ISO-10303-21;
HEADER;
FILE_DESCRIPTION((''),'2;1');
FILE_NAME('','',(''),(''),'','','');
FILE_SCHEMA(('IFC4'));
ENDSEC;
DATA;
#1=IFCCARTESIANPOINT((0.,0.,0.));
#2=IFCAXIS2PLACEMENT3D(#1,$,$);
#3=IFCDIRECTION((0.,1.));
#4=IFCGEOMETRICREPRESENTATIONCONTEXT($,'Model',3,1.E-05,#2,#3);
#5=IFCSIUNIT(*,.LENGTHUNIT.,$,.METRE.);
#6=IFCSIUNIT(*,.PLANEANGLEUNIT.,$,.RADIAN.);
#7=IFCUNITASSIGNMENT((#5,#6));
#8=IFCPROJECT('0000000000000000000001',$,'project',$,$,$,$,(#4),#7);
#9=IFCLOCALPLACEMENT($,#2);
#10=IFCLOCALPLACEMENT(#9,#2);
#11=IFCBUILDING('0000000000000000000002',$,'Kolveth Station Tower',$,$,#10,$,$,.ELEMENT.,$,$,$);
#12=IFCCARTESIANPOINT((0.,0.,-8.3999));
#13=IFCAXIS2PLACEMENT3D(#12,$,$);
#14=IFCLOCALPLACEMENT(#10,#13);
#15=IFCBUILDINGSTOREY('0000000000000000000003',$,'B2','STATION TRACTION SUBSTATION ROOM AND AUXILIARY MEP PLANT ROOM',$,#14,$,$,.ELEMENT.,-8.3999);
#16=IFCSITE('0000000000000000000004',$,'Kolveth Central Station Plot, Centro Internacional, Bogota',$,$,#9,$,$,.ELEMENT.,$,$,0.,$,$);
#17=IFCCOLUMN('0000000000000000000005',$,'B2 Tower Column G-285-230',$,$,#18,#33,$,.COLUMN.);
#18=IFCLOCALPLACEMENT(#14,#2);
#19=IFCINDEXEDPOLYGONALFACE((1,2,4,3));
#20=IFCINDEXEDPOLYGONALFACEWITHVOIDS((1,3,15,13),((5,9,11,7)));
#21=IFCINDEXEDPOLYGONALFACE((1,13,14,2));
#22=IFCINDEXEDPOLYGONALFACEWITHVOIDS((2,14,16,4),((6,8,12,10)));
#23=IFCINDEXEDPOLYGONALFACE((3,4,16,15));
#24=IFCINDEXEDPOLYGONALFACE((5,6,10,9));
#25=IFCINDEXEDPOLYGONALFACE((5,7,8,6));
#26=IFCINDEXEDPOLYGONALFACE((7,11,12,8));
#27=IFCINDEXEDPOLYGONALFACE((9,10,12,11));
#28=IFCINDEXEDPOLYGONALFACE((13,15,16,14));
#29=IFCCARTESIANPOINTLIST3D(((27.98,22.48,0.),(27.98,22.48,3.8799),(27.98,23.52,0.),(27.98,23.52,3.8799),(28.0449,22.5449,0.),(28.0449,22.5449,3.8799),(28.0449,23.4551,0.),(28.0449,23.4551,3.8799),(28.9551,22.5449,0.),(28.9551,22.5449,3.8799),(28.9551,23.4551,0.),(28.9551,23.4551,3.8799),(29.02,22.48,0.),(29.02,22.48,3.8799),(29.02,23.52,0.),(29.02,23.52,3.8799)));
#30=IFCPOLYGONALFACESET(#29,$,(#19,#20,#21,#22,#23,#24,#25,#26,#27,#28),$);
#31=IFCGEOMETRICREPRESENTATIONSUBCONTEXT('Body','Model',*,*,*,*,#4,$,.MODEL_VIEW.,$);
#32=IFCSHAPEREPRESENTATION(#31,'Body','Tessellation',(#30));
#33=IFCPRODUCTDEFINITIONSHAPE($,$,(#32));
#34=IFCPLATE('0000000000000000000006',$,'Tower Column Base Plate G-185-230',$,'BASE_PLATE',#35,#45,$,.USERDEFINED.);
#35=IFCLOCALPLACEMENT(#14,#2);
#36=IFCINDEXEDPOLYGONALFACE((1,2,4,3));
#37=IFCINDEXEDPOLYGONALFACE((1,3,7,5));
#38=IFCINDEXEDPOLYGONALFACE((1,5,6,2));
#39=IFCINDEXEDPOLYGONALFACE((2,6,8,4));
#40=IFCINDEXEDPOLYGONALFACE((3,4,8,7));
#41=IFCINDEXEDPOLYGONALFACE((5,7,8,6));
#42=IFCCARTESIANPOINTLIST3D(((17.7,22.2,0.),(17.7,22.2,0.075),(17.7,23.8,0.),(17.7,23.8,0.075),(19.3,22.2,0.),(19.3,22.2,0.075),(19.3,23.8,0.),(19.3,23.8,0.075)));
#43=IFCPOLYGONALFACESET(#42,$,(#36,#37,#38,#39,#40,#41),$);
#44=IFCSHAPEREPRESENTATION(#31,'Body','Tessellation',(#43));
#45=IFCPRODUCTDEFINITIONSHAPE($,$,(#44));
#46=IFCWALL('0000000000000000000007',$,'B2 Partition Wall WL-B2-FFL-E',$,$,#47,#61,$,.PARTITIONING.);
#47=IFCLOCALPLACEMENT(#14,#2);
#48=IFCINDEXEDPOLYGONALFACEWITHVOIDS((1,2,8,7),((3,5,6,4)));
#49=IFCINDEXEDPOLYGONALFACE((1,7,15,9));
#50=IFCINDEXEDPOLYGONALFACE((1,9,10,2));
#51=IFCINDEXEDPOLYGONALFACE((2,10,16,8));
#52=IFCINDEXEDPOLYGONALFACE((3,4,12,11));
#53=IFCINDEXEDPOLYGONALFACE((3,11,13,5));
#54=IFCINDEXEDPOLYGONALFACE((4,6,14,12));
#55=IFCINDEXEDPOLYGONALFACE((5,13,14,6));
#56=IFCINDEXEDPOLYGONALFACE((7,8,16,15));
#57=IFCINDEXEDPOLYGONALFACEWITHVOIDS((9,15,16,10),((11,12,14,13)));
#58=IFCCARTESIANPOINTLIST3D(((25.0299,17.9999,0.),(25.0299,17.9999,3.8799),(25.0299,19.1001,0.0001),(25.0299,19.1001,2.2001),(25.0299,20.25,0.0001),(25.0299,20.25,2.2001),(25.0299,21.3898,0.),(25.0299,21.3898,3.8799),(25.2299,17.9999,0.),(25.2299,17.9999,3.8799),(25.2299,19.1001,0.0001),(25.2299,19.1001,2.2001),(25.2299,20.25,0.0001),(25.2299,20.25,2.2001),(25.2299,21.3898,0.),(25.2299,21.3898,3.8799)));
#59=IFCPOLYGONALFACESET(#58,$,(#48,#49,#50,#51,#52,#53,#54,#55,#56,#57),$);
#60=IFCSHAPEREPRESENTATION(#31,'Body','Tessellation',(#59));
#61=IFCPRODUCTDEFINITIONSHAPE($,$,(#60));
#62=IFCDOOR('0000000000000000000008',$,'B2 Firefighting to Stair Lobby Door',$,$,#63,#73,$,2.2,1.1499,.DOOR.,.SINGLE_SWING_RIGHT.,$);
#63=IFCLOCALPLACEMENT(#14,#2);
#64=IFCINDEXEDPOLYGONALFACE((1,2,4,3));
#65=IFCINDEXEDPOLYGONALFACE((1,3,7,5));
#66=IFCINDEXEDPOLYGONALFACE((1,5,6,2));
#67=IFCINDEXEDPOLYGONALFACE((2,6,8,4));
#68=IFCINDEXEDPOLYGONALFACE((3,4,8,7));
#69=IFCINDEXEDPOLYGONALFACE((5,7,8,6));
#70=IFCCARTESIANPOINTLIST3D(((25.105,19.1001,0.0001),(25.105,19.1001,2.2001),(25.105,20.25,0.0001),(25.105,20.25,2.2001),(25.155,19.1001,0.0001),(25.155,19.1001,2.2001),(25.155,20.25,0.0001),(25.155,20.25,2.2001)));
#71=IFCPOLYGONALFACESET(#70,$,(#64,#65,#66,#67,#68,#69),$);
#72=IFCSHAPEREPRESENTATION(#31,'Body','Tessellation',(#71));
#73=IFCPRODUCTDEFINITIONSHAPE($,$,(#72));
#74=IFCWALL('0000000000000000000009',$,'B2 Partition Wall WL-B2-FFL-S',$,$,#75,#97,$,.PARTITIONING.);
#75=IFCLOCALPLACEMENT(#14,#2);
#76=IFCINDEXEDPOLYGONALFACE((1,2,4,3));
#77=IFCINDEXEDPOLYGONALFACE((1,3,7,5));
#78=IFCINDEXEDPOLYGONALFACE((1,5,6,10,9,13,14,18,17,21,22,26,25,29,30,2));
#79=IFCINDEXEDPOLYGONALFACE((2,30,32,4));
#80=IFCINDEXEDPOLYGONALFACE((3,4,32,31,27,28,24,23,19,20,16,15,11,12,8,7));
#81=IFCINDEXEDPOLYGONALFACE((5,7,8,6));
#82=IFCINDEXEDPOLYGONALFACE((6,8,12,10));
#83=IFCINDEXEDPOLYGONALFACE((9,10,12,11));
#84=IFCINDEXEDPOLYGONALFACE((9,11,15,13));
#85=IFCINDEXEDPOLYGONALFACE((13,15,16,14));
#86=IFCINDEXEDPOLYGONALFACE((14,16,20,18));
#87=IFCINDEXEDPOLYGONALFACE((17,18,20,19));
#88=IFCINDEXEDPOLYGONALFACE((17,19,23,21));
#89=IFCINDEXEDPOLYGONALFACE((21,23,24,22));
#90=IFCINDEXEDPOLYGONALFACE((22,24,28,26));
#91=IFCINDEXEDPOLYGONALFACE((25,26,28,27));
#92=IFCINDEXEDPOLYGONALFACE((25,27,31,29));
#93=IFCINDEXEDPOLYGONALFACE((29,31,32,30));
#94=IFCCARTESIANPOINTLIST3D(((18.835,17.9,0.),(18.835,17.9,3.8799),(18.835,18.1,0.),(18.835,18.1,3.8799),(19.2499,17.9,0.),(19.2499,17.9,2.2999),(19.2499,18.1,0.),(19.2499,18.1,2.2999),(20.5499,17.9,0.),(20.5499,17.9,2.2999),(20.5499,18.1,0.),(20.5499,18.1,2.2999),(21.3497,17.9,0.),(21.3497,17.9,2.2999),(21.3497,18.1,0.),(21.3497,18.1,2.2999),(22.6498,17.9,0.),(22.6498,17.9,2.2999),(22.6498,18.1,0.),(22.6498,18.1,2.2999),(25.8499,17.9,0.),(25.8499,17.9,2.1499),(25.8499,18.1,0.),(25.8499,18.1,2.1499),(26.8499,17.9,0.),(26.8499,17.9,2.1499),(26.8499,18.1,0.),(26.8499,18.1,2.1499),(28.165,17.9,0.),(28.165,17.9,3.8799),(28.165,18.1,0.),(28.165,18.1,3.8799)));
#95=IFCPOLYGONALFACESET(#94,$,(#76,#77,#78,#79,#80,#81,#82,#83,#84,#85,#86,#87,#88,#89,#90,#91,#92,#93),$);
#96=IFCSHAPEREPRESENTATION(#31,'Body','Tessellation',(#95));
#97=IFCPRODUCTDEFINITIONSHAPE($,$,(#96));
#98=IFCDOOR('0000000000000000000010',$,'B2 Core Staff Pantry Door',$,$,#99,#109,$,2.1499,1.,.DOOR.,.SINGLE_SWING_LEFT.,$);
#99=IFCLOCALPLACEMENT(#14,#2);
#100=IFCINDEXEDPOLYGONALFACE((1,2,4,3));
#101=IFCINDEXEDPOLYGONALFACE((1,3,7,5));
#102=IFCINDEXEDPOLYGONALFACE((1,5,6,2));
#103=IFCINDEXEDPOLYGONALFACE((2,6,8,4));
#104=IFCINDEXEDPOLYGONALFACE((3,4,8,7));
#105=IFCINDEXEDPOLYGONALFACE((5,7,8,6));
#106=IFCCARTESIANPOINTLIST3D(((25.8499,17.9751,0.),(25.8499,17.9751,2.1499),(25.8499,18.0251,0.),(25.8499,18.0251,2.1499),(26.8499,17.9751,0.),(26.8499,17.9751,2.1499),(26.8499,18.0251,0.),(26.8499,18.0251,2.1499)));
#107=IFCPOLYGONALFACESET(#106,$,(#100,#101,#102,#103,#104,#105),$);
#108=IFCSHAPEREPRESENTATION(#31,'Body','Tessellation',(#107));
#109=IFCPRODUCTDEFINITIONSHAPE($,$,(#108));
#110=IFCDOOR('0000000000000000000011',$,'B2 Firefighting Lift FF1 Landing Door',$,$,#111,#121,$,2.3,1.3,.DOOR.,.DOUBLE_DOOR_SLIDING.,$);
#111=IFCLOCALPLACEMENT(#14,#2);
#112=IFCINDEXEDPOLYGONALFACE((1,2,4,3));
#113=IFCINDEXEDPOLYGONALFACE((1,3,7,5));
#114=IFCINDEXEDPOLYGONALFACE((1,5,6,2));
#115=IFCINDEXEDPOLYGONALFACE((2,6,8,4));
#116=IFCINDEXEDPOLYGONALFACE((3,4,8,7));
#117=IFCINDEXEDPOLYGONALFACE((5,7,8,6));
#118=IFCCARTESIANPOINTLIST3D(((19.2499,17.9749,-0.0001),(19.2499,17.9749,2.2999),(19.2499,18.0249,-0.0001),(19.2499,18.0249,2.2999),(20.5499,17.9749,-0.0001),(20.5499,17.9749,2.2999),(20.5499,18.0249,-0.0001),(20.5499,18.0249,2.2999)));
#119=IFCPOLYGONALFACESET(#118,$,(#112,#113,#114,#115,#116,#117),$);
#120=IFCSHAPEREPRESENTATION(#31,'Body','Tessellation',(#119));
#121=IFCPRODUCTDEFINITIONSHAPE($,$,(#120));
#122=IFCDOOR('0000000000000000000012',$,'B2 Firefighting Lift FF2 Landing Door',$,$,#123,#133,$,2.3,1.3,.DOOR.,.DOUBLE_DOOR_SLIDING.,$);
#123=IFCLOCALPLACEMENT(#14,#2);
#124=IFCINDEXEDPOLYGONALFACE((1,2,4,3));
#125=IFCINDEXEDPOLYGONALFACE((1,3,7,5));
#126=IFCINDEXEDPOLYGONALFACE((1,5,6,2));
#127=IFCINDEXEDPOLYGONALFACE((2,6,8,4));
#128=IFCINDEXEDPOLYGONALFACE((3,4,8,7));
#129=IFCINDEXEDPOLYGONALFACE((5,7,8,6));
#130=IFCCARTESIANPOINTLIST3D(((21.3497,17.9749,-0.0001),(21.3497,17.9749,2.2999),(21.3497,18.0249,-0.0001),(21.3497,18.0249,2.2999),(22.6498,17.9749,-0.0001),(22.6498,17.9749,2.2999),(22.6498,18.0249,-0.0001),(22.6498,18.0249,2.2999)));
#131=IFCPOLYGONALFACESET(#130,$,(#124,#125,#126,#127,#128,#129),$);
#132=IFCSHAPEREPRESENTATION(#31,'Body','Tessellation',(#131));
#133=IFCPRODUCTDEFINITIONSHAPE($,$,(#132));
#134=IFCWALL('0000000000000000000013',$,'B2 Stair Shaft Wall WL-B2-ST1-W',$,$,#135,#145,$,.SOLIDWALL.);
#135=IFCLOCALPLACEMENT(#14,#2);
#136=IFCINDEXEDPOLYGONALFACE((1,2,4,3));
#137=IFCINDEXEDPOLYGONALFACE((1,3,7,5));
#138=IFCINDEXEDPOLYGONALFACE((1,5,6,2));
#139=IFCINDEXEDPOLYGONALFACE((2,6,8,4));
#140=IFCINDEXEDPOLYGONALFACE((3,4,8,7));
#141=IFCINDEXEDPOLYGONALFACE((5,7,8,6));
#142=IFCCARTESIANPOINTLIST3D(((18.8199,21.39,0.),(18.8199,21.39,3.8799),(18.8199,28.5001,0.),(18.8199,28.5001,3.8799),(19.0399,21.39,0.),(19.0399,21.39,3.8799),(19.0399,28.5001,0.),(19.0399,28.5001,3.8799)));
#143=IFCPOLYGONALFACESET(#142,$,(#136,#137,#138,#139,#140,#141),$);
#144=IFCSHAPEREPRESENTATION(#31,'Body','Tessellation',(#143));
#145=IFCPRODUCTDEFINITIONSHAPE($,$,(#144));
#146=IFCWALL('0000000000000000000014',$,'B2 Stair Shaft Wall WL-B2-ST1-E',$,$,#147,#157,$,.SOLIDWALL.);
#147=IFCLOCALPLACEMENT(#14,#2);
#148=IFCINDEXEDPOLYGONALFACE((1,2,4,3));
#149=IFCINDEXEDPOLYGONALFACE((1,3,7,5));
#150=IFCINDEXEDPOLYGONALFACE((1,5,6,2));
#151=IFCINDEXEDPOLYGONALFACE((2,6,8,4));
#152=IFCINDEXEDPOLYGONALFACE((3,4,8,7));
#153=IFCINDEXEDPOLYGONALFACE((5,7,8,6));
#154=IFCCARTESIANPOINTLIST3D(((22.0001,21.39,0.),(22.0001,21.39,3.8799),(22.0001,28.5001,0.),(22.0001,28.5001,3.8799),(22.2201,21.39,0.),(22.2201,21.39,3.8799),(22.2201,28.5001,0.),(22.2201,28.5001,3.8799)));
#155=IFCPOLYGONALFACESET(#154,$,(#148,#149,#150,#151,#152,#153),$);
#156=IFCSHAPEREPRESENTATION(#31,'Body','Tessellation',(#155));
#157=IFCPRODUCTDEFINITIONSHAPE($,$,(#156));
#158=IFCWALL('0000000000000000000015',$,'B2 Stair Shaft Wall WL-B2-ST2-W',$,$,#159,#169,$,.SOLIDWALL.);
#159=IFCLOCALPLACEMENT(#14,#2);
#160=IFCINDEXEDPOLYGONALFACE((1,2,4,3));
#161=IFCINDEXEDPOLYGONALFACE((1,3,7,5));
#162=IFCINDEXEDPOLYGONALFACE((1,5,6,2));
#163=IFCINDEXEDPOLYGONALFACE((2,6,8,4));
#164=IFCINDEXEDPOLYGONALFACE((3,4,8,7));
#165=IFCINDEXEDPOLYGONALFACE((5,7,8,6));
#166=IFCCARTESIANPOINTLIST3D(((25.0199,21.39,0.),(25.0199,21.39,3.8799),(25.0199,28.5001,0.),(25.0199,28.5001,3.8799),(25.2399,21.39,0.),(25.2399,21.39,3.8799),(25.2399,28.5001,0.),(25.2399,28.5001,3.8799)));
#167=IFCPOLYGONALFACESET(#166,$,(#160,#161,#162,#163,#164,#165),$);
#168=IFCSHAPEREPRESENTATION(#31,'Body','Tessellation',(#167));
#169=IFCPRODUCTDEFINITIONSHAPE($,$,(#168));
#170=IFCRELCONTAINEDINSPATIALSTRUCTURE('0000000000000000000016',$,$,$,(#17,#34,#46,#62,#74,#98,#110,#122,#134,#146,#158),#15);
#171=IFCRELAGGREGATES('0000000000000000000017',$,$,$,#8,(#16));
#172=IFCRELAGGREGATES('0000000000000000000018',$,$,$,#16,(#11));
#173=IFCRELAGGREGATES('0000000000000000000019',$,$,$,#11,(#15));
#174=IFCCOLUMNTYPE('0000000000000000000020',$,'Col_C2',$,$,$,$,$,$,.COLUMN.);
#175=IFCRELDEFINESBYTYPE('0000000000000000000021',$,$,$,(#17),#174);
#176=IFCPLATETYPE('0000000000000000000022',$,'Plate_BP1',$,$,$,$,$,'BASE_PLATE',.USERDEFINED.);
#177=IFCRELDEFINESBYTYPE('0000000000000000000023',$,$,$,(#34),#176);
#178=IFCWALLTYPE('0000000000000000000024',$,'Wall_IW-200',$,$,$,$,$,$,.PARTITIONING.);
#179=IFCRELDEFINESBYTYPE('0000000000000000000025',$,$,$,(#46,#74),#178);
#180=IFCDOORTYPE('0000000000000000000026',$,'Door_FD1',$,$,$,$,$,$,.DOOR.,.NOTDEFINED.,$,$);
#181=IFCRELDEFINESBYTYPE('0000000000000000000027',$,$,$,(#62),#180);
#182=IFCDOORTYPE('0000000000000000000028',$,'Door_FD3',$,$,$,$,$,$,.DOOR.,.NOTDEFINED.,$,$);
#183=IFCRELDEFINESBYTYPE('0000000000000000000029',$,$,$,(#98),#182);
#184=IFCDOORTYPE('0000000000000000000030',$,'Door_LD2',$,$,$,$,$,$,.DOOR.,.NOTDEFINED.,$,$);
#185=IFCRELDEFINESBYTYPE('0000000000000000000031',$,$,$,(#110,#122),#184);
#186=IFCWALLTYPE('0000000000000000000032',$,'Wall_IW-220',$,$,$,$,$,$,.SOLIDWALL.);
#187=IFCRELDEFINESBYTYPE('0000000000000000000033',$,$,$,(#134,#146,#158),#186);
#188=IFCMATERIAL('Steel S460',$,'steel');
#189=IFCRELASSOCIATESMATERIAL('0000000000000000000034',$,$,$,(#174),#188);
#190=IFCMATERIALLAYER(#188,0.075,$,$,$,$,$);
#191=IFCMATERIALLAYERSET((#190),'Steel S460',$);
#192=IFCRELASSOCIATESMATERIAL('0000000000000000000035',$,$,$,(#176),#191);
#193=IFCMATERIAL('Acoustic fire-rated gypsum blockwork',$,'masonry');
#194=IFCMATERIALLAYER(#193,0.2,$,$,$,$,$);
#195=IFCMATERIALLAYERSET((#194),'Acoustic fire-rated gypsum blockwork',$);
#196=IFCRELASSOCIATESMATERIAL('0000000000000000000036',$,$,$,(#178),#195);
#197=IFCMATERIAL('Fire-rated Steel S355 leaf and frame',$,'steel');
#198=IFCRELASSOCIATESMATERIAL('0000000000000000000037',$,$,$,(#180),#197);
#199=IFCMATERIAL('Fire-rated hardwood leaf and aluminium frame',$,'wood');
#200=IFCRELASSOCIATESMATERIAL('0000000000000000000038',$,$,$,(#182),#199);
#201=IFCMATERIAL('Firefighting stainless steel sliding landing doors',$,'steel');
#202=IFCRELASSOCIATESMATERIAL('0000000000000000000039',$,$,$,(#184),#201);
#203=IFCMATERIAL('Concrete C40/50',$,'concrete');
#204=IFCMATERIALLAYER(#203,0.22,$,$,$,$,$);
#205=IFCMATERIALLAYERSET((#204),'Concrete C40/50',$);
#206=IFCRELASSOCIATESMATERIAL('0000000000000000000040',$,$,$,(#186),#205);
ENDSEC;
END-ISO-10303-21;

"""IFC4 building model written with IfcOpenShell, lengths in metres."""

from ifc_helpers import new_model, si_unit, direction, frame, frame_2d, origin, origin_2d, place, context, subcontext, project, spatial, rectangle, hollow_rectangle, extrude, source, transform, mapped, material, layer, layer_set, material_profile, profile_set, type_object, element, fill, save


model = new_model("IFC4")

# Units and contexts
model_context = context("Model", 3, precision=1e-05, world=origin(), true_north=direction((0.0, 1.0)))
body_context = subcontext(model_context, "Body", "Model", "MODEL_VIEW")
ifc_project = project(units=[si_unit("LENGTHUNIT", "METRE"), si_unit("PLANEANGLEUNIT", "RADIAN")], contexts=[model_context])

# Site, building, storey
site_placement = place(None, origin())
site = spatial("IfcSite", under=ifc_project, at=site_placement, Name="Kolveth Central Station Plot, Centro Internacional, Bogota", CompositionType="ELEMENT", RefElevation=0.0)
building_placement = place(site_placement, origin())
building = spatial("IfcBuilding", under=site, at=building_placement, Name="Kolveth Station Tower", CompositionType="ELEMENT")
storey_placement = place(building_placement, frame((0.0, 0.0, -8.3999)))
storey = spatial("IfcBuildingStorey", under=building, at=storey_placement, Name="B2", Description="STATION TRACTION SUBSTATION ROOM AND AUXILIARY MEP PLANT ROOM", CompositionType="ELEMENT", Elevation=-8.3999)

# Column
ifc_material_1 = material(Name="Steel S460", Category="steel")
ifc_material_profile = material_profile(ifc_material_1, hollow_rectangle(XDim=1.04, YDim=1.04, WallThickness=0.0649, at=origin_2d()), Name="BOX1040x1040x65")
ifc_profile_set = profile_set([ifc_material_profile], Name="Steel S460")
column_type = type_object("IfcColumnType", Name="Col_C2", PredefinedType="COLUMN", material=ifc_profile_set)
shared_shape_1 = source(origin(), body_context, "Body", "SweptSolid", [
    extrude(hollow_rectangle(XDim=1.04, YDim=1.04, WallThickness=0.0649, at=origin_2d()), origin(), (0.0, 0.0, 1.0), 3.8799),
])
column_placement = place(storey_placement, frame((28.5, 23.0, 0.0), z_axis=(0.0, 0.0, 1.0), x_axis=(1.0, 0.0, 0.0)))
element("IfcColumn", 1, at=column_placement, inside=storey, type_object=column_type, Name="B2 Tower Column G-285-230", PredefinedType="COLUMN", context=body_context, shape_type="MappedRepresentation", body=[
    mapped(shared_shape_1, transform((0.0, 0.0, 0.0), x_axis=(1.0, 0.0, 0.0), y_axis=(0.0, 1.0, 0.0), z_axis=(0.0, 0.0, 1.0), scale=1.0)),
])

# Plate
ifc_layer_1 = layer(ifc_material_1, 0.075)
ifc_layer_set_1 = layer_set([ifc_layer_1], Name="Steel S460")
plate_type = type_object("IfcPlateType", Name="Plate_BP1", ElementType="BASE_PLATE", PredefinedType="USERDEFINED", material=ifc_layer_set_1)
shared_shape_2 = source(origin(), body_context, "Body", "SweptSolid", [
    extrude(rectangle(XDim=1.6001, YDim=1.6001, at=origin_2d()), origin(), (0.0, 0.0, 1.0), 0.075),
])
plate_placement = place(storey_placement, frame((18.5, 23.0, 0.0), z_axis=(0.0, 0.0, 1.0), x_axis=(1.0, 0.0, 0.0)))
element("IfcPlate", 2, at=plate_placement, inside=storey, type_object=plate_type, Name="Tower Column Base Plate G-185-230", ObjectType="BASE_PLATE", PredefinedType="USERDEFINED", context=body_context, shape_type="MappedRepresentation", body=[
    mapped(shared_shape_2, transform((0.0, 0.0, 0.0), x_axis=(1.0, 0.0, 0.0), y_axis=(0.0, 1.0, 0.0), z_axis=(0.0, 0.0, 1.0), scale=1.0)),
])

# Wall, opening, door
ifc_material_2 = material(Name="Acoustic fire-rated gypsum blockwork", Category="masonry")
ifc_layer_2 = layer(ifc_material_2, 0.2)
ifc_layer_set_2 = layer_set([ifc_layer_2], Name="Acoustic fire-rated gypsum blockwork")
wall_type_1 = type_object("IfcWallType", Name="Wall_IW-200", PredefinedType="PARTITIONING", material=ifc_layer_set_2)
wall_1_placement = place(storey_placement, frame((25.1299, 18.0, 0.0), z_axis=(0.0, 0.0, 1.0), x_axis=(0.0, 1.0, 0.0)))
wall_1 = element("IfcWall", 3, at=wall_1_placement, inside=storey, type_object=wall_type_1, Name="B2 Partition Wall WL-B2-FFL-E", PredefinedType="PARTITIONING", context=body_context, shape_type="SweptSolid", body=[
    extrude(rectangle(XDim=3.3899, YDim=0.2, at=frame_2d((1.6948, 0.0))), origin(), (0.0, 0.0, 1.0), 3.8799),
])
opening_1_placement = place(wall_1_placement, frame((1.1001, 0.0, 0.0)))
opening_1 = element("IfcOpeningElement", 4, at=opening_1_placement, cuts=wall_1, PredefinedType="OPENING", context=body_context, shape_type="SweptSolid", body=[
    extrude(rectangle(XDim=1.1499, YDim=2.2, at=frame_2d((0.575, 1.1001))), frame((0.0, 0.1099, 0.0), z_axis=(0.0, -1.0, 0.0), x_axis=(1.0, 0.0, 0.0)), (0.0, 0.0, 1.0), 0.22),
])
ifc_material_3 = material(Name="Fire-rated Steel S355 leaf and frame", Category="steel")
door_type_1 = type_object("IfcDoorType", Name="Door_FD1", OperationType="NOTDEFINED", PredefinedType="DOOR", material=ifc_material_3)
door_1_placement = place(opening_1_placement, origin())
door_1 = element("IfcDoor", 5, at=door_1_placement, inside=storey, type_object=door_type_1, Name="B2 Firefighting to Stair Lobby Door", OperationType="SINGLE_SWING_RIGHT", OverallHeight=2.2, OverallWidth=1.1499, PredefinedType="DOOR", context=body_context, shape_type="SweptSolid", body=[
    extrude(rectangle(XDim=1.1499, YDim=2.2, at=frame_2d((0.575, 1.1001))), frame((0.0, 0.0249, 0.0), z_axis=(0.0, -1.0, 0.0), x_axis=(1.0, 0.0, 0.0)), (0.0, 0.0, 1.0), 0.05),
])
fill(opening_1, door_1)

# Wall, openings, doors
wall_2_placement = place(storey_placement, frame((18.835, 18.0, 0.0), z_axis=(0.0, 0.0, 1.0), x_axis=(1.0, 0.0, 0.0)))
wall_2 = element("IfcWall", 6, at=wall_2_placement, inside=storey, type_object=wall_type_1, Name="B2 Partition Wall WL-B2-FFL-S", PredefinedType="PARTITIONING", context=body_context, shape_type="SweptSolid", body=[
    extrude(rectangle(XDim=9.3301, YDim=0.2, at=frame_2d((4.665, 0.0))), origin(), (0.0, 0.0, 1.0), 3.8799),
])
opening_2_placement = place(wall_2_placement, frame((0.415, 0.0, 0.0)))
opening_2 = element("IfcOpeningElement", 7, at=opening_2_placement, cuts=wall_2, PredefinedType="OPENING", context=body_context, shape_type="SweptSolid", body=[
    extrude(rectangle(XDim=1.3, YDim=2.3, at=frame_2d((0.6499, 1.1499))), frame((0.0, 0.1099, 0.0), z_axis=(0.0, -1.0, 0.0), x_axis=(1.0, 0.0, 0.0)), (0.0, 0.0, 1.0), 0.22),
])
opening_3_placement = place(wall_2_placement, frame((2.5149, 0.0, 0.0)))
opening_3 = element("IfcOpeningElement", 8, at=opening_3_placement, cuts=wall_2, PredefinedType="OPENING", context=body_context, shape_type="SweptSolid", body=[
    extrude(rectangle(XDim=1.3, YDim=2.3, at=frame_2d((0.6499, 1.1499))), frame((0.0, 0.1099, 0.0), z_axis=(0.0, -1.0, 0.0), x_axis=(1.0, 0.0, 0.0)), (0.0, 0.0, 1.0), 0.22),
])
opening_4_placement = place(wall_2_placement, frame((7.0149, 0.0, 0.0)))
opening_4 = element("IfcOpeningElement", 9, at=opening_4_placement, cuts=wall_2, PredefinedType="OPENING", context=body_context, shape_type="SweptSolid", body=[
    extrude(rectangle(XDim=1.0, YDim=2.1499, at=frame_2d((0.5, 1.075))), frame((0.0, 0.1099, 0.0), z_axis=(0.0, -1.0, 0.0), x_axis=(1.0, 0.0, 0.0)), (0.0, 0.0, 1.0), 0.22),
])
ifc_material_4 = material(Name="Fire-rated hardwood leaf and aluminium frame", Category="wood")
door_type_2 = type_object("IfcDoorType", Name="Door_FD3", OperationType="NOTDEFINED", PredefinedType="DOOR", material=ifc_material_4)
door_2_placement = place(opening_4_placement, frame((1.0, 0.0, 0.0), z_axis=(0.0, 0.0, 1.0), x_axis=(-1.0, 0.0, 0.0)))
door_2 = element("IfcDoor", 10, at=door_2_placement, inside=storey, type_object=door_type_2, Name="B2 Core Staff Pantry Door", OperationType="SINGLE_SWING_LEFT", OverallHeight=2.1499, OverallWidth=1.0, PredefinedType="DOOR", context=body_context, shape_type="SweptSolid", body=[
    extrude(rectangle(XDim=1.0, YDim=2.1499, at=frame_2d((0.5, 1.075))), frame((0.0, 0.0249, 0.0), z_axis=(0.0, -1.0, 0.0), x_axis=(1.0, 0.0, 0.0)), (0.0, 0.0, 1.0), 0.05),
])
fill(opening_4, door_2)
ifc_material_5 = material(Name="Firefighting stainless steel sliding landing doors", Category="steel")
door_type_3 = type_object("IfcDoorType", Name="Door_LD2", OperationType="NOTDEFINED", PredefinedType="DOOR", material=ifc_material_5)
door_3_placement = place(opening_2_placement, origin())
door_3 = element("IfcDoor", 11, at=door_3_placement, inside=storey, type_object=door_type_3, Name="B2 Firefighting Lift FF1 Landing Door", OperationType="DOUBLE_DOOR_SLIDING", OverallHeight=2.3, OverallWidth=1.3, PredefinedType="DOOR", context=body_context, shape_type="SweptSolid", body=[
    extrude(rectangle(XDim=1.3, YDim=2.3, at=frame_2d((0.6499, 1.1499))), frame((0.0, 0.0249, 0.0), z_axis=(0.0, -1.0, 0.0), x_axis=(1.0, 0.0, 0.0)), (0.0, 0.0, 1.0), 0.05),
])
fill(opening_2, door_3)
door_4_placement = place(opening_3_placement, origin())
door_4 = element("IfcDoor", 12, at=door_4_placement, inside=storey, type_object=door_type_3, Name="B2 Firefighting Lift FF2 Landing Door", OperationType="DOUBLE_DOOR_SLIDING", OverallHeight=2.3, OverallWidth=1.3, PredefinedType="DOOR", context=body_context, shape_type="SweptSolid", body=[
    extrude(rectangle(XDim=1.3, YDim=2.3, at=frame_2d((0.6499, 1.1499))), frame((0.0, 0.0249, 0.0), z_axis=(0.0, -1.0, 0.0), x_axis=(1.0, 0.0, 0.0)), (0.0, 0.0, 1.0), 0.05),
])
fill(opening_3, door_4)

# Walls
ifc_material_6 = material(Name="Concrete C40/50", Category="concrete")
ifc_layer_3 = layer(ifc_material_6, 0.22)
ifc_layer_set_3 = layer_set([ifc_layer_3], Name="Concrete C40/50")
wall_type_2 = type_object("IfcWallType", Name="Wall_IW-220", PredefinedType="SOLIDWALL", material=ifc_layer_set_3)
for number, where, z_axis, x_axis, name in (
    (13, (18.9299, 21.3899, 0.0), (0.0, 0.0, 1.0), (0.0, 1.0, 0.0), "B2 Stair Shaft Wall WL-B2-ST1-W"),
    (14, (22.1101, 21.3899, 0.0), (0.0, 0.0, 1.0), (0.0, 1.0, 0.0), "B2 Stair Shaft Wall WL-B2-ST1-E"),
    (15, (25.1299, 21.3899, 0.0), (0.0, 0.0, 1.0), (0.0, 1.0, 0.0), "B2 Stair Shaft Wall WL-B2-ST2-W"),
):
    element("IfcWall", number, at=place(storey_placement, frame(where, z_axis=z_axis, x_axis=x_axis)), inside=storey, type_object=wall_type_2, Name=name, PredefinedType="SOLIDWALL", context=body_context, shape_type="SweptSolid", body=[
        extrude(rectangle(XDim=7.1101, YDim=0.22, at=frame_2d((3.5552, 0.0))), origin(), (0.0, 0.0, 1.0), 3.8799),
    ])

save(model, "model.ifc")
